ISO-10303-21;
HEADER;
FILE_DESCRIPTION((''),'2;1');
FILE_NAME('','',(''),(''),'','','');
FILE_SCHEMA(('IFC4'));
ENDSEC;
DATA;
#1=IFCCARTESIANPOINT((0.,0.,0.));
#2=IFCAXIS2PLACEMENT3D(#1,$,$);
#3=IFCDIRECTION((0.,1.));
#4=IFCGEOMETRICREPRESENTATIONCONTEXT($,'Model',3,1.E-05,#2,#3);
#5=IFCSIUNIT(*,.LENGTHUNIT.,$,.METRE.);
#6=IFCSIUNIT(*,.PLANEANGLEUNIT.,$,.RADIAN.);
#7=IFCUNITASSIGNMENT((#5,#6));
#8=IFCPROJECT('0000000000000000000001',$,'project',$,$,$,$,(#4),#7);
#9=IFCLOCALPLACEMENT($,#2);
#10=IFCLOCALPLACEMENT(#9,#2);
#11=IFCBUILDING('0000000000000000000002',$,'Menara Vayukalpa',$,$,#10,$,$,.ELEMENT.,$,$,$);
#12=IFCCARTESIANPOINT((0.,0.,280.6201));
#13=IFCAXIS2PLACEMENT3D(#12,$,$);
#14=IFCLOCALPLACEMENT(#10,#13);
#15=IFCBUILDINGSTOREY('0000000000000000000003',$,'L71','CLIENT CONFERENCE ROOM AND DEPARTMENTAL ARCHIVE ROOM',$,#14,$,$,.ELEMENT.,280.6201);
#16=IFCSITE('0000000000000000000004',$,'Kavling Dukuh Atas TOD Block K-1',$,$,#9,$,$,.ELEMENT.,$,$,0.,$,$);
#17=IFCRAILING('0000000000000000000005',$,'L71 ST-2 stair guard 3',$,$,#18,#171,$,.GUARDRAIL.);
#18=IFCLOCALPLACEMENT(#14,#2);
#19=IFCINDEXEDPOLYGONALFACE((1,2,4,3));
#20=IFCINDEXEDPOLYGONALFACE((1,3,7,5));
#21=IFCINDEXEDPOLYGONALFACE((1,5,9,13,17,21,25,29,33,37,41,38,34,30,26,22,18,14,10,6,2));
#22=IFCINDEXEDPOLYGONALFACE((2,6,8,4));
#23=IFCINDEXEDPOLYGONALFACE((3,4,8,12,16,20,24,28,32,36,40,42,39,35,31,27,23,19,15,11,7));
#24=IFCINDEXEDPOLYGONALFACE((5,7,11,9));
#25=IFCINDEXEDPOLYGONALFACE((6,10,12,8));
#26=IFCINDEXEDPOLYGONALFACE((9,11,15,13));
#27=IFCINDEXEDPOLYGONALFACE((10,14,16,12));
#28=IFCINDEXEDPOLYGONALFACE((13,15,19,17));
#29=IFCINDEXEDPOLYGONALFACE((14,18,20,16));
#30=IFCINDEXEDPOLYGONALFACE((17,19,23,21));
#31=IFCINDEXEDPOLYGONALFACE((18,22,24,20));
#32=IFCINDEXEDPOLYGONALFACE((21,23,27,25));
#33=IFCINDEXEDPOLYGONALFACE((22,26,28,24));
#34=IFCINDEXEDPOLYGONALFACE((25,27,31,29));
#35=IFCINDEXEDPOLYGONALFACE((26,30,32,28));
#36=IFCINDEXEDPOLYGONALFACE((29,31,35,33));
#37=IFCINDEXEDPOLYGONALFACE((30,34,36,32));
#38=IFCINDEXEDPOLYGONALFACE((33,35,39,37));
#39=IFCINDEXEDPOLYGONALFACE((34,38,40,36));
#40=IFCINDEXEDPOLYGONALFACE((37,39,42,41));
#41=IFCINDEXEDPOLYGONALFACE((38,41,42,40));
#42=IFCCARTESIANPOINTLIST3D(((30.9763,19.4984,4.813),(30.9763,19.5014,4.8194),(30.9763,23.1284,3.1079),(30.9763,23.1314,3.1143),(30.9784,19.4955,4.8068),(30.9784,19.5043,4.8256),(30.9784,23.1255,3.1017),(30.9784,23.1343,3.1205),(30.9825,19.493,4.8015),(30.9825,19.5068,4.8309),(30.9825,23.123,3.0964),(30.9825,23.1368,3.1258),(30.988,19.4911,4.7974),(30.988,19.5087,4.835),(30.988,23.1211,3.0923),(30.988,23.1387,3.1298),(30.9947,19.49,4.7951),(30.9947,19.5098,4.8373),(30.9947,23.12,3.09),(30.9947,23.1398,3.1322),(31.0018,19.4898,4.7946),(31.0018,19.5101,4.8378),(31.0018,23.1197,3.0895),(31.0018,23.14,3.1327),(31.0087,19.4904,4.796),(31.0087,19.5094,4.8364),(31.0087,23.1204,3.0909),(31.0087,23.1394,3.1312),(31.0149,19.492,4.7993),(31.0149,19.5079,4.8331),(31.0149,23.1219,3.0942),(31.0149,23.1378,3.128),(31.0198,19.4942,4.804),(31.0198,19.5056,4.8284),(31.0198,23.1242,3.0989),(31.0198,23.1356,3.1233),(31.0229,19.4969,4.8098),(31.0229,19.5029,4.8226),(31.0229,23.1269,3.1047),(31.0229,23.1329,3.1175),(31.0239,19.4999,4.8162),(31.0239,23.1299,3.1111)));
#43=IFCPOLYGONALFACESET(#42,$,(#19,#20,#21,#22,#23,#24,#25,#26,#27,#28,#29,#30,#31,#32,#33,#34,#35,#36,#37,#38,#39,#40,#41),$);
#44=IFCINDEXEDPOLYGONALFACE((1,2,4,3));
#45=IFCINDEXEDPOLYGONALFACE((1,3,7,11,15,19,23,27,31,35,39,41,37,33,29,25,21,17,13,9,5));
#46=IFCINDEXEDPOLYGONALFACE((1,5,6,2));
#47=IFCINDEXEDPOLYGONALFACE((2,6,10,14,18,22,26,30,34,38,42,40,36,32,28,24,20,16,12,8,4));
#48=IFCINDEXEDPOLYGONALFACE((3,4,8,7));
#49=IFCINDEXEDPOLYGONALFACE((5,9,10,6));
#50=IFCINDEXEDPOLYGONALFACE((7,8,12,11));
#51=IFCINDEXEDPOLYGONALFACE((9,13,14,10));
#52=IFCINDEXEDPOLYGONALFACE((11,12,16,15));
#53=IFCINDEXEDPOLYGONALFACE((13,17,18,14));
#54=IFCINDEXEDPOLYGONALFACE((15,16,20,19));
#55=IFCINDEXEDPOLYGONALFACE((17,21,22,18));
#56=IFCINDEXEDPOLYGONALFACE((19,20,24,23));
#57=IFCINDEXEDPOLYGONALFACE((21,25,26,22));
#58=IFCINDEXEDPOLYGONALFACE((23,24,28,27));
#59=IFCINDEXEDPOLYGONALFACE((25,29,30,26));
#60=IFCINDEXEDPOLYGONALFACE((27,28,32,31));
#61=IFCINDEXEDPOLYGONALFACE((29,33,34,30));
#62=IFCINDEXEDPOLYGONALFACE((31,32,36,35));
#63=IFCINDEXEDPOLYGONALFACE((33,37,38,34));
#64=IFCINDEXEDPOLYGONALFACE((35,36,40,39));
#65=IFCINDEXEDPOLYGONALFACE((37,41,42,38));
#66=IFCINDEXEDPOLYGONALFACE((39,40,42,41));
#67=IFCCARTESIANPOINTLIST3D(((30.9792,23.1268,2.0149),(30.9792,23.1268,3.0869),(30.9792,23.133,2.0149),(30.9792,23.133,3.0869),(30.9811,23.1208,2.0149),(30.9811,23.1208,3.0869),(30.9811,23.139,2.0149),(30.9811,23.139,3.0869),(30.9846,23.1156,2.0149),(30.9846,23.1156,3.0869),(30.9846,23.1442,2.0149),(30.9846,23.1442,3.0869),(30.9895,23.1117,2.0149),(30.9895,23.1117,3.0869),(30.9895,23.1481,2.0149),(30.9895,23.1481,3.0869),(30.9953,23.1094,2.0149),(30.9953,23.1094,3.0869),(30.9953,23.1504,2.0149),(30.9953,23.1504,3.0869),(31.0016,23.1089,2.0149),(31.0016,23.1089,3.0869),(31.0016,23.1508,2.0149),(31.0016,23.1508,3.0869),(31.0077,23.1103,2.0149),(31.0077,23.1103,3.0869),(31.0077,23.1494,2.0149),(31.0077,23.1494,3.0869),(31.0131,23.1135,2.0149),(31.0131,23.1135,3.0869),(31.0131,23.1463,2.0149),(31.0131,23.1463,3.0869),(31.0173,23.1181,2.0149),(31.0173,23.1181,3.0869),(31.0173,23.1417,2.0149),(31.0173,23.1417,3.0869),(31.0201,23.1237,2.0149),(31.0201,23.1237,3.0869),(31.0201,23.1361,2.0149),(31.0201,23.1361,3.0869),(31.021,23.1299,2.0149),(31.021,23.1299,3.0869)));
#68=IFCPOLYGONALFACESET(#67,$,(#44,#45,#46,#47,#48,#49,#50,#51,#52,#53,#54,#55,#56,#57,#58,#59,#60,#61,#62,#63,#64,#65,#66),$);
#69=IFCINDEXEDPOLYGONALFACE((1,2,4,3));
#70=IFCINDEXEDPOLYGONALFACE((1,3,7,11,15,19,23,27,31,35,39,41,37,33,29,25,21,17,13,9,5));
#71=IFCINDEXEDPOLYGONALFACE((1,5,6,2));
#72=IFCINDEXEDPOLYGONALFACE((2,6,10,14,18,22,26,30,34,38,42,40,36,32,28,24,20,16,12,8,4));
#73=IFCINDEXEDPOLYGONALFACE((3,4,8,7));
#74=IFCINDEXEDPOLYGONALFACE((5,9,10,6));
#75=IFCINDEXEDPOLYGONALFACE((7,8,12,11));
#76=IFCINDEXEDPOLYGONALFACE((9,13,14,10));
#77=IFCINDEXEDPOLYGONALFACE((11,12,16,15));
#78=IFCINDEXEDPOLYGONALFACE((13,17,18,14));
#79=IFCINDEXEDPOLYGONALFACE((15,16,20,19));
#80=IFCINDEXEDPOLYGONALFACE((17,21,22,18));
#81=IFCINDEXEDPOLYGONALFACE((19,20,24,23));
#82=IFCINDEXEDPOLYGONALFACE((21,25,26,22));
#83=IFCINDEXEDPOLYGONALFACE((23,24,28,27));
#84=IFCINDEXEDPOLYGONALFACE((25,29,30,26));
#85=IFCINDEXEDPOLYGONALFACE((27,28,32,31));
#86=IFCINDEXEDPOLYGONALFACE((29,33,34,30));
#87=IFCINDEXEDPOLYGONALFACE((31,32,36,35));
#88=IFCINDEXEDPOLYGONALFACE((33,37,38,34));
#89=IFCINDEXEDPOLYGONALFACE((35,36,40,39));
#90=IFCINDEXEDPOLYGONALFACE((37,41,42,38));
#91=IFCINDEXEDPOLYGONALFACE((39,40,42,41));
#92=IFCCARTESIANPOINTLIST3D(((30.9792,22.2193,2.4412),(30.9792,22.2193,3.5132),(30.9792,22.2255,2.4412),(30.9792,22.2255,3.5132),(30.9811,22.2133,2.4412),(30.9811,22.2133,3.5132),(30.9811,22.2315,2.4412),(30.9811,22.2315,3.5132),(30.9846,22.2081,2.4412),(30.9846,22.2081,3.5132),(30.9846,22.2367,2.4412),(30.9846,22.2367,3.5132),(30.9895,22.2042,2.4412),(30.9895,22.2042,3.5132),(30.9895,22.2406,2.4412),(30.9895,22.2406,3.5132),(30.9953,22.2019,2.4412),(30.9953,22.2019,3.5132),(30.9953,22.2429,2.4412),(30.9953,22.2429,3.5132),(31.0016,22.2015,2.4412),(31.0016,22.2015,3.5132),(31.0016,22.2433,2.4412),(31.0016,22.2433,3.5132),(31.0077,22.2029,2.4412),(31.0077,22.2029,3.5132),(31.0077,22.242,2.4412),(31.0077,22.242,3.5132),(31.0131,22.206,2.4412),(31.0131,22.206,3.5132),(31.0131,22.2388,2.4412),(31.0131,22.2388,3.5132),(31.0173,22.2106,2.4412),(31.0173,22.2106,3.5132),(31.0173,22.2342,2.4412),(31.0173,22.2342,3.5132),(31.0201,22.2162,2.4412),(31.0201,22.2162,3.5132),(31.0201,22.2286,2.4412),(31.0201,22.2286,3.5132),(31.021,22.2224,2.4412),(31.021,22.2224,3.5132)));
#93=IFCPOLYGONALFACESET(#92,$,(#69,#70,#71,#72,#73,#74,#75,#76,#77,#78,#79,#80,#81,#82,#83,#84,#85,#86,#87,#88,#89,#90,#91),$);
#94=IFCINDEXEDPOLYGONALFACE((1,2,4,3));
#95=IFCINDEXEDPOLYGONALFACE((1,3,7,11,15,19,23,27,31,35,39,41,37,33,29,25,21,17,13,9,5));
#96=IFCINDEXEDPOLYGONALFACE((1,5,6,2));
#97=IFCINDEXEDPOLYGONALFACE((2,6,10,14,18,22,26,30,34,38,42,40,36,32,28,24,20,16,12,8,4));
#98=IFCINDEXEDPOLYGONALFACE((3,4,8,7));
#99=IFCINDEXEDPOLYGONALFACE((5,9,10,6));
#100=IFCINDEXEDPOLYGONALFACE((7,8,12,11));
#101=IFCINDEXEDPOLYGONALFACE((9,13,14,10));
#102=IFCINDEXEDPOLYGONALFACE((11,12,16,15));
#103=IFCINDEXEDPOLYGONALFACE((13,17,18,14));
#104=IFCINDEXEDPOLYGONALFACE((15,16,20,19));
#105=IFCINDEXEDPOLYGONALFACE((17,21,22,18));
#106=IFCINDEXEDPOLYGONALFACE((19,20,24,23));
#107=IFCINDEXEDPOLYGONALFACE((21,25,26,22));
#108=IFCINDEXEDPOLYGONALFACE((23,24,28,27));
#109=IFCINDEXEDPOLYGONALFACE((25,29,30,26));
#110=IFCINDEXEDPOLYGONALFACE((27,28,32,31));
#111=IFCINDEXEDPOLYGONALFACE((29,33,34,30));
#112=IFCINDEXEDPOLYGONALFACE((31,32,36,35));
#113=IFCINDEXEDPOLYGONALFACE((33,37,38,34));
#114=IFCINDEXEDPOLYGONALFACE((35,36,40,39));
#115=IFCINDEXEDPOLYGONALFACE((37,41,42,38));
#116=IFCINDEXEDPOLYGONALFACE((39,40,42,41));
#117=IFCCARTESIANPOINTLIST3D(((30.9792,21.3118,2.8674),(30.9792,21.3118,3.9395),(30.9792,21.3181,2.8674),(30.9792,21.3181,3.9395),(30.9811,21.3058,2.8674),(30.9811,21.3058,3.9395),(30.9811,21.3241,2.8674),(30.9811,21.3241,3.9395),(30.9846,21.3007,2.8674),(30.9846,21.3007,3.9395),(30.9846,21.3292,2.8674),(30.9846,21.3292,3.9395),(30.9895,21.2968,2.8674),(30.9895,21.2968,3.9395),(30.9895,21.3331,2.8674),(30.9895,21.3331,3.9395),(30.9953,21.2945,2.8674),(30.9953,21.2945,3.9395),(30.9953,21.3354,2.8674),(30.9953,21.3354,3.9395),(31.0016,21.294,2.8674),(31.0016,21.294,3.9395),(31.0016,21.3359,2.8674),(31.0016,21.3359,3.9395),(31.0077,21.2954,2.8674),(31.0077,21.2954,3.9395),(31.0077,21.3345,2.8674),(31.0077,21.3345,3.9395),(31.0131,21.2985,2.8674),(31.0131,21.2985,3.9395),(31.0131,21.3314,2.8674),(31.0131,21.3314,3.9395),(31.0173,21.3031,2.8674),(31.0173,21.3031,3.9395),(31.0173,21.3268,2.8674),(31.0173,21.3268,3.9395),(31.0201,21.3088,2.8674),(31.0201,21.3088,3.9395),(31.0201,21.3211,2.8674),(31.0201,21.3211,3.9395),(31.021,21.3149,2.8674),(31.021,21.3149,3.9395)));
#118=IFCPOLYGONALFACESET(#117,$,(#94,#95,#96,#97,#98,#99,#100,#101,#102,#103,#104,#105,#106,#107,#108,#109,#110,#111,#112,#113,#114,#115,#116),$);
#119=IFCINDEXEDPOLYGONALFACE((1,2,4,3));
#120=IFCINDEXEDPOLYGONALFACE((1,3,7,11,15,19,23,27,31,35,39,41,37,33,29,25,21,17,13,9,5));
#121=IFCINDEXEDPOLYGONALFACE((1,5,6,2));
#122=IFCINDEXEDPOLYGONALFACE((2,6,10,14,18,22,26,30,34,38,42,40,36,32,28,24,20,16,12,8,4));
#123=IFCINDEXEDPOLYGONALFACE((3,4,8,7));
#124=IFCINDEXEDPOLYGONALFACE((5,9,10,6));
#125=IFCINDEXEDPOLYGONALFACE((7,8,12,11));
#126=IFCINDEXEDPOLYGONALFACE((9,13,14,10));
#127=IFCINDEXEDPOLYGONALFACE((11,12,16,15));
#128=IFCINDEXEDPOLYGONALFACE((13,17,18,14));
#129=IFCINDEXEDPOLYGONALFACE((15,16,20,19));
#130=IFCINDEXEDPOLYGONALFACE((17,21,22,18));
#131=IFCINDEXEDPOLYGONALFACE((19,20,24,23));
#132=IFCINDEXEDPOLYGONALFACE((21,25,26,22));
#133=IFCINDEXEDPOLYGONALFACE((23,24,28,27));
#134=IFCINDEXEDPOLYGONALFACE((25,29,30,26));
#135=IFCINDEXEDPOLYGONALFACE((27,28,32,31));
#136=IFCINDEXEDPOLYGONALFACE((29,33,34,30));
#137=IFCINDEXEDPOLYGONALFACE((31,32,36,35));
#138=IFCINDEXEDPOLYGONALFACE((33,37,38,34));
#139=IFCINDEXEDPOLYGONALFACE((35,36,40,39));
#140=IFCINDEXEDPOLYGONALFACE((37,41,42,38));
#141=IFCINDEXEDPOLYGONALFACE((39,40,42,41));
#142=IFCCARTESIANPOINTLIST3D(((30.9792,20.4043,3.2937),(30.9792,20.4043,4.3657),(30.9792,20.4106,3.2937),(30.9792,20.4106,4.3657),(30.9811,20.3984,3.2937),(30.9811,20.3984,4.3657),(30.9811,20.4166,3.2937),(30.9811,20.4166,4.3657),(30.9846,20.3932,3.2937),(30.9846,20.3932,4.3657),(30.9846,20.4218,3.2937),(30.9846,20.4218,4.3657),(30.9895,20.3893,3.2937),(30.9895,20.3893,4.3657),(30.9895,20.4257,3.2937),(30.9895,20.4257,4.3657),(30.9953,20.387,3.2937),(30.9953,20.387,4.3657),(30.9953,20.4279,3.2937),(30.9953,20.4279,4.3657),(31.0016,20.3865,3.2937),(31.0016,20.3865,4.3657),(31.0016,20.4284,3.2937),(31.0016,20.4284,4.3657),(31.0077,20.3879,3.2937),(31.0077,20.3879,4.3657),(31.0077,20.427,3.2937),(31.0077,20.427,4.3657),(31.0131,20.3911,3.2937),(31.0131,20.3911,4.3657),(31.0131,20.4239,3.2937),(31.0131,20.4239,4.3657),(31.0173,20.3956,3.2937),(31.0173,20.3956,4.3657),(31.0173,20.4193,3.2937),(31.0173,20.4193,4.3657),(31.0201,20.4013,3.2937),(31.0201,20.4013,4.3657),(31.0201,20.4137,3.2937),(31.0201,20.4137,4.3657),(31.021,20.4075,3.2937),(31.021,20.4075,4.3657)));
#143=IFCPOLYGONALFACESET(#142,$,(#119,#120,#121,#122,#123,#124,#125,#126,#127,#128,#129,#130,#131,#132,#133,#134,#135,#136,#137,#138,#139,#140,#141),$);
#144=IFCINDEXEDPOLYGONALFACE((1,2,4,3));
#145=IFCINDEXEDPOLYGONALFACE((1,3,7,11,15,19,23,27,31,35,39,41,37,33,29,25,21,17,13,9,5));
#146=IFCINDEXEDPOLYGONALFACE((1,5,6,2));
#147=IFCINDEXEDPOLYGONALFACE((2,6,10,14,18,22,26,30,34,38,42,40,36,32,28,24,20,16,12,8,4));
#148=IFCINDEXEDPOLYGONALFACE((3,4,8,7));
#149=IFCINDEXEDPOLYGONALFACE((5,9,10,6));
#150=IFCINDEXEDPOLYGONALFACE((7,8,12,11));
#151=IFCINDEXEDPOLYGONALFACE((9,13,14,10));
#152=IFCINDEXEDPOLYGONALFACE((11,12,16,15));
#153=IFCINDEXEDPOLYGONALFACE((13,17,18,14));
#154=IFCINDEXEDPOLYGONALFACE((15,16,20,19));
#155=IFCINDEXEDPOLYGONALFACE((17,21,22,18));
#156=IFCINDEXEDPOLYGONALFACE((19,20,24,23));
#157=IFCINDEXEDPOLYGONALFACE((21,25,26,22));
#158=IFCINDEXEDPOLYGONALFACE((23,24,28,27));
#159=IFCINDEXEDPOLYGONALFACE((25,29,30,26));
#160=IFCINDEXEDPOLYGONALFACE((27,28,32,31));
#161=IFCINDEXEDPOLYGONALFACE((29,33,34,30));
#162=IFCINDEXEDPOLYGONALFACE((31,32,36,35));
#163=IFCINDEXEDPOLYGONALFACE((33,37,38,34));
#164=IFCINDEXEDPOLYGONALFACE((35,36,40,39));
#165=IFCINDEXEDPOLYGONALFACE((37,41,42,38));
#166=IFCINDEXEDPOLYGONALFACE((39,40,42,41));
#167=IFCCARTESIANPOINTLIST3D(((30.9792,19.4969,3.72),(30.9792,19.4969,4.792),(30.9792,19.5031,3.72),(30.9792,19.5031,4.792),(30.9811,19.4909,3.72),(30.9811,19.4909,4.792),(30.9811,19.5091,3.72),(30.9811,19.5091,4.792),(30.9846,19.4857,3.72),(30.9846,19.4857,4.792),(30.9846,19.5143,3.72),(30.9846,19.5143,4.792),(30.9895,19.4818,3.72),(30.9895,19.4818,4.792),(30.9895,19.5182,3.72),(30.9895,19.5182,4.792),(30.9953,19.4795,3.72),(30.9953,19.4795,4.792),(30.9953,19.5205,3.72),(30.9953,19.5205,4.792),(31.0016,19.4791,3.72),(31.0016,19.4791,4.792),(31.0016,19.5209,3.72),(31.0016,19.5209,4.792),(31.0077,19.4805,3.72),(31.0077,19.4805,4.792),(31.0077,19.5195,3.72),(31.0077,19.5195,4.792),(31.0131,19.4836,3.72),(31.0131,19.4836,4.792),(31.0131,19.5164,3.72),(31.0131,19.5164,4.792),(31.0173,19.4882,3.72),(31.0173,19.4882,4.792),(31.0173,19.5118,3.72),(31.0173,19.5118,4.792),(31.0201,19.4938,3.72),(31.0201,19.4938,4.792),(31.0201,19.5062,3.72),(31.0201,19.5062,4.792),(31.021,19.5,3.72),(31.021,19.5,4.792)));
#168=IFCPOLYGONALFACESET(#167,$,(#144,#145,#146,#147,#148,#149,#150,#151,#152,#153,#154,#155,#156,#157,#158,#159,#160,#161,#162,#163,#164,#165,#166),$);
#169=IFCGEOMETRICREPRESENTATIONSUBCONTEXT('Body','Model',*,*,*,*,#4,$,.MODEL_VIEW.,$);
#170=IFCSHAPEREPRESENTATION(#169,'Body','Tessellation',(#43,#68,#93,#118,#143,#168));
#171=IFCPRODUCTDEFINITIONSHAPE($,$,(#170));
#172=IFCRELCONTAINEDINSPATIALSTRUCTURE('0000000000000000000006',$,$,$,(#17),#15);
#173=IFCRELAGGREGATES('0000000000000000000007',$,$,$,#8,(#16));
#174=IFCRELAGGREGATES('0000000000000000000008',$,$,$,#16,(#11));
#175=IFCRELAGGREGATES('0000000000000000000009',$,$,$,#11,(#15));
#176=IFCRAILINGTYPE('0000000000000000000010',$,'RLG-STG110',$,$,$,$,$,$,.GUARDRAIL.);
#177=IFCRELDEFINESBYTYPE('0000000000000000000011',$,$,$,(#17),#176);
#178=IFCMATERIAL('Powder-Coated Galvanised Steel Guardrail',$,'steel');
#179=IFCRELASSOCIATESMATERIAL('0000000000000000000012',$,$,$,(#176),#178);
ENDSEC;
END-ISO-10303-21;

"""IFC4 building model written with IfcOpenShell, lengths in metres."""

from ifc_helpers import new_model, si_unit, direction, frame, origin, origin_2d, place, context, subcontext, project, spatial, circle, extrude, material, type_object, element, save


model = new_model("IFC4")

# Units and contexts
model_context = context("Model", 3, precision=1e-05, world=origin(), true_north=direction((0.0, 1.0)))
body_context = subcontext(model_context, "Body", "Model", "MODEL_VIEW")
ifc_project = project(units=[si_unit("LENGTHUNIT", "METRE"), si_unit("PLANEANGLEUNIT", "RADIAN")], contexts=[model_context])

# Site, building, storey
site_placement = place(None, origin())
site = spatial("IfcSite", under=ifc_project, at=site_placement, Name="Kavling Dukuh Atas TOD Block K-1", CompositionType="ELEMENT", RefElevation=0.0)
building_placement = place(site_placement, origin())
building = spatial("IfcBuilding", under=site, at=building_placement, Name="Menara Vayukalpa", CompositionType="ELEMENT")
storey_placement = place(building_placement, frame((0.0, 0.0, 280.6201)))
storey = spatial("IfcBuildingStorey", under=building, at=storey_placement, Name="L71", Description="CLIENT CONFERENCE ROOM AND DEPARTMENTAL ARCHIVE ROOM", CompositionType="ELEMENT", Elevation=280.6201)

# Railing
ifc_material_1 = material(Name="Powder-Coated Galvanised Steel Guardrail", Category="steel")
railing_type_1 = type_object("IfcRailingType", Name="RLG-STG110", PredefinedType="GUARDRAIL", material=ifc_material_1)
railing_1_placement = place(storey_placement, frame((31.0, 23.1299, 2.0149)))
element("IfcRailing", 1, at=railing_1_placement, inside=storey, type_object=railing_type_1, Name="L71 ST-2 stair guard 3", PredefinedType="GUARDRAIL", context=body_context, shape_type="SweptSolid", body=[
    extrude(circle(Radius=0.0239, at=origin_2d()), frame((0.0, 0.0, 1.0962), z_axis=(0.0, -0.905116, 0.425164), x_axis=(1.0, 0.0, 0.0)), (0.0, 0.0, 1.0), 4.0105),
    extrude(circle(Radius=0.021, at=origin_2d()), origin(), (0.0, 0.0, 1.0), 1.072),
    extrude(circle(Radius=0.021, at=origin_2d()), frame((0.0, -0.9075, 0.4263)), (0.0, 0.0, 1.0), 1.072),
    extrude(circle(Radius=0.021, at=origin_2d()), frame((0.0, -1.8149, 0.8525)), (0.0, 0.0, 1.0), 1.072),
    extrude(circle(Radius=0.021, at=origin_2d()), frame((0.0, -2.7224, 1.2788)), (0.0, 0.0, 1.0), 1.072),
    extrude(circle(Radius=0.021, at=origin_2d()), frame((0.0, -3.6299, 1.7051)), (0.0, 0.0, 1.0), 1.072),
])

save(model, "model.ifc")
